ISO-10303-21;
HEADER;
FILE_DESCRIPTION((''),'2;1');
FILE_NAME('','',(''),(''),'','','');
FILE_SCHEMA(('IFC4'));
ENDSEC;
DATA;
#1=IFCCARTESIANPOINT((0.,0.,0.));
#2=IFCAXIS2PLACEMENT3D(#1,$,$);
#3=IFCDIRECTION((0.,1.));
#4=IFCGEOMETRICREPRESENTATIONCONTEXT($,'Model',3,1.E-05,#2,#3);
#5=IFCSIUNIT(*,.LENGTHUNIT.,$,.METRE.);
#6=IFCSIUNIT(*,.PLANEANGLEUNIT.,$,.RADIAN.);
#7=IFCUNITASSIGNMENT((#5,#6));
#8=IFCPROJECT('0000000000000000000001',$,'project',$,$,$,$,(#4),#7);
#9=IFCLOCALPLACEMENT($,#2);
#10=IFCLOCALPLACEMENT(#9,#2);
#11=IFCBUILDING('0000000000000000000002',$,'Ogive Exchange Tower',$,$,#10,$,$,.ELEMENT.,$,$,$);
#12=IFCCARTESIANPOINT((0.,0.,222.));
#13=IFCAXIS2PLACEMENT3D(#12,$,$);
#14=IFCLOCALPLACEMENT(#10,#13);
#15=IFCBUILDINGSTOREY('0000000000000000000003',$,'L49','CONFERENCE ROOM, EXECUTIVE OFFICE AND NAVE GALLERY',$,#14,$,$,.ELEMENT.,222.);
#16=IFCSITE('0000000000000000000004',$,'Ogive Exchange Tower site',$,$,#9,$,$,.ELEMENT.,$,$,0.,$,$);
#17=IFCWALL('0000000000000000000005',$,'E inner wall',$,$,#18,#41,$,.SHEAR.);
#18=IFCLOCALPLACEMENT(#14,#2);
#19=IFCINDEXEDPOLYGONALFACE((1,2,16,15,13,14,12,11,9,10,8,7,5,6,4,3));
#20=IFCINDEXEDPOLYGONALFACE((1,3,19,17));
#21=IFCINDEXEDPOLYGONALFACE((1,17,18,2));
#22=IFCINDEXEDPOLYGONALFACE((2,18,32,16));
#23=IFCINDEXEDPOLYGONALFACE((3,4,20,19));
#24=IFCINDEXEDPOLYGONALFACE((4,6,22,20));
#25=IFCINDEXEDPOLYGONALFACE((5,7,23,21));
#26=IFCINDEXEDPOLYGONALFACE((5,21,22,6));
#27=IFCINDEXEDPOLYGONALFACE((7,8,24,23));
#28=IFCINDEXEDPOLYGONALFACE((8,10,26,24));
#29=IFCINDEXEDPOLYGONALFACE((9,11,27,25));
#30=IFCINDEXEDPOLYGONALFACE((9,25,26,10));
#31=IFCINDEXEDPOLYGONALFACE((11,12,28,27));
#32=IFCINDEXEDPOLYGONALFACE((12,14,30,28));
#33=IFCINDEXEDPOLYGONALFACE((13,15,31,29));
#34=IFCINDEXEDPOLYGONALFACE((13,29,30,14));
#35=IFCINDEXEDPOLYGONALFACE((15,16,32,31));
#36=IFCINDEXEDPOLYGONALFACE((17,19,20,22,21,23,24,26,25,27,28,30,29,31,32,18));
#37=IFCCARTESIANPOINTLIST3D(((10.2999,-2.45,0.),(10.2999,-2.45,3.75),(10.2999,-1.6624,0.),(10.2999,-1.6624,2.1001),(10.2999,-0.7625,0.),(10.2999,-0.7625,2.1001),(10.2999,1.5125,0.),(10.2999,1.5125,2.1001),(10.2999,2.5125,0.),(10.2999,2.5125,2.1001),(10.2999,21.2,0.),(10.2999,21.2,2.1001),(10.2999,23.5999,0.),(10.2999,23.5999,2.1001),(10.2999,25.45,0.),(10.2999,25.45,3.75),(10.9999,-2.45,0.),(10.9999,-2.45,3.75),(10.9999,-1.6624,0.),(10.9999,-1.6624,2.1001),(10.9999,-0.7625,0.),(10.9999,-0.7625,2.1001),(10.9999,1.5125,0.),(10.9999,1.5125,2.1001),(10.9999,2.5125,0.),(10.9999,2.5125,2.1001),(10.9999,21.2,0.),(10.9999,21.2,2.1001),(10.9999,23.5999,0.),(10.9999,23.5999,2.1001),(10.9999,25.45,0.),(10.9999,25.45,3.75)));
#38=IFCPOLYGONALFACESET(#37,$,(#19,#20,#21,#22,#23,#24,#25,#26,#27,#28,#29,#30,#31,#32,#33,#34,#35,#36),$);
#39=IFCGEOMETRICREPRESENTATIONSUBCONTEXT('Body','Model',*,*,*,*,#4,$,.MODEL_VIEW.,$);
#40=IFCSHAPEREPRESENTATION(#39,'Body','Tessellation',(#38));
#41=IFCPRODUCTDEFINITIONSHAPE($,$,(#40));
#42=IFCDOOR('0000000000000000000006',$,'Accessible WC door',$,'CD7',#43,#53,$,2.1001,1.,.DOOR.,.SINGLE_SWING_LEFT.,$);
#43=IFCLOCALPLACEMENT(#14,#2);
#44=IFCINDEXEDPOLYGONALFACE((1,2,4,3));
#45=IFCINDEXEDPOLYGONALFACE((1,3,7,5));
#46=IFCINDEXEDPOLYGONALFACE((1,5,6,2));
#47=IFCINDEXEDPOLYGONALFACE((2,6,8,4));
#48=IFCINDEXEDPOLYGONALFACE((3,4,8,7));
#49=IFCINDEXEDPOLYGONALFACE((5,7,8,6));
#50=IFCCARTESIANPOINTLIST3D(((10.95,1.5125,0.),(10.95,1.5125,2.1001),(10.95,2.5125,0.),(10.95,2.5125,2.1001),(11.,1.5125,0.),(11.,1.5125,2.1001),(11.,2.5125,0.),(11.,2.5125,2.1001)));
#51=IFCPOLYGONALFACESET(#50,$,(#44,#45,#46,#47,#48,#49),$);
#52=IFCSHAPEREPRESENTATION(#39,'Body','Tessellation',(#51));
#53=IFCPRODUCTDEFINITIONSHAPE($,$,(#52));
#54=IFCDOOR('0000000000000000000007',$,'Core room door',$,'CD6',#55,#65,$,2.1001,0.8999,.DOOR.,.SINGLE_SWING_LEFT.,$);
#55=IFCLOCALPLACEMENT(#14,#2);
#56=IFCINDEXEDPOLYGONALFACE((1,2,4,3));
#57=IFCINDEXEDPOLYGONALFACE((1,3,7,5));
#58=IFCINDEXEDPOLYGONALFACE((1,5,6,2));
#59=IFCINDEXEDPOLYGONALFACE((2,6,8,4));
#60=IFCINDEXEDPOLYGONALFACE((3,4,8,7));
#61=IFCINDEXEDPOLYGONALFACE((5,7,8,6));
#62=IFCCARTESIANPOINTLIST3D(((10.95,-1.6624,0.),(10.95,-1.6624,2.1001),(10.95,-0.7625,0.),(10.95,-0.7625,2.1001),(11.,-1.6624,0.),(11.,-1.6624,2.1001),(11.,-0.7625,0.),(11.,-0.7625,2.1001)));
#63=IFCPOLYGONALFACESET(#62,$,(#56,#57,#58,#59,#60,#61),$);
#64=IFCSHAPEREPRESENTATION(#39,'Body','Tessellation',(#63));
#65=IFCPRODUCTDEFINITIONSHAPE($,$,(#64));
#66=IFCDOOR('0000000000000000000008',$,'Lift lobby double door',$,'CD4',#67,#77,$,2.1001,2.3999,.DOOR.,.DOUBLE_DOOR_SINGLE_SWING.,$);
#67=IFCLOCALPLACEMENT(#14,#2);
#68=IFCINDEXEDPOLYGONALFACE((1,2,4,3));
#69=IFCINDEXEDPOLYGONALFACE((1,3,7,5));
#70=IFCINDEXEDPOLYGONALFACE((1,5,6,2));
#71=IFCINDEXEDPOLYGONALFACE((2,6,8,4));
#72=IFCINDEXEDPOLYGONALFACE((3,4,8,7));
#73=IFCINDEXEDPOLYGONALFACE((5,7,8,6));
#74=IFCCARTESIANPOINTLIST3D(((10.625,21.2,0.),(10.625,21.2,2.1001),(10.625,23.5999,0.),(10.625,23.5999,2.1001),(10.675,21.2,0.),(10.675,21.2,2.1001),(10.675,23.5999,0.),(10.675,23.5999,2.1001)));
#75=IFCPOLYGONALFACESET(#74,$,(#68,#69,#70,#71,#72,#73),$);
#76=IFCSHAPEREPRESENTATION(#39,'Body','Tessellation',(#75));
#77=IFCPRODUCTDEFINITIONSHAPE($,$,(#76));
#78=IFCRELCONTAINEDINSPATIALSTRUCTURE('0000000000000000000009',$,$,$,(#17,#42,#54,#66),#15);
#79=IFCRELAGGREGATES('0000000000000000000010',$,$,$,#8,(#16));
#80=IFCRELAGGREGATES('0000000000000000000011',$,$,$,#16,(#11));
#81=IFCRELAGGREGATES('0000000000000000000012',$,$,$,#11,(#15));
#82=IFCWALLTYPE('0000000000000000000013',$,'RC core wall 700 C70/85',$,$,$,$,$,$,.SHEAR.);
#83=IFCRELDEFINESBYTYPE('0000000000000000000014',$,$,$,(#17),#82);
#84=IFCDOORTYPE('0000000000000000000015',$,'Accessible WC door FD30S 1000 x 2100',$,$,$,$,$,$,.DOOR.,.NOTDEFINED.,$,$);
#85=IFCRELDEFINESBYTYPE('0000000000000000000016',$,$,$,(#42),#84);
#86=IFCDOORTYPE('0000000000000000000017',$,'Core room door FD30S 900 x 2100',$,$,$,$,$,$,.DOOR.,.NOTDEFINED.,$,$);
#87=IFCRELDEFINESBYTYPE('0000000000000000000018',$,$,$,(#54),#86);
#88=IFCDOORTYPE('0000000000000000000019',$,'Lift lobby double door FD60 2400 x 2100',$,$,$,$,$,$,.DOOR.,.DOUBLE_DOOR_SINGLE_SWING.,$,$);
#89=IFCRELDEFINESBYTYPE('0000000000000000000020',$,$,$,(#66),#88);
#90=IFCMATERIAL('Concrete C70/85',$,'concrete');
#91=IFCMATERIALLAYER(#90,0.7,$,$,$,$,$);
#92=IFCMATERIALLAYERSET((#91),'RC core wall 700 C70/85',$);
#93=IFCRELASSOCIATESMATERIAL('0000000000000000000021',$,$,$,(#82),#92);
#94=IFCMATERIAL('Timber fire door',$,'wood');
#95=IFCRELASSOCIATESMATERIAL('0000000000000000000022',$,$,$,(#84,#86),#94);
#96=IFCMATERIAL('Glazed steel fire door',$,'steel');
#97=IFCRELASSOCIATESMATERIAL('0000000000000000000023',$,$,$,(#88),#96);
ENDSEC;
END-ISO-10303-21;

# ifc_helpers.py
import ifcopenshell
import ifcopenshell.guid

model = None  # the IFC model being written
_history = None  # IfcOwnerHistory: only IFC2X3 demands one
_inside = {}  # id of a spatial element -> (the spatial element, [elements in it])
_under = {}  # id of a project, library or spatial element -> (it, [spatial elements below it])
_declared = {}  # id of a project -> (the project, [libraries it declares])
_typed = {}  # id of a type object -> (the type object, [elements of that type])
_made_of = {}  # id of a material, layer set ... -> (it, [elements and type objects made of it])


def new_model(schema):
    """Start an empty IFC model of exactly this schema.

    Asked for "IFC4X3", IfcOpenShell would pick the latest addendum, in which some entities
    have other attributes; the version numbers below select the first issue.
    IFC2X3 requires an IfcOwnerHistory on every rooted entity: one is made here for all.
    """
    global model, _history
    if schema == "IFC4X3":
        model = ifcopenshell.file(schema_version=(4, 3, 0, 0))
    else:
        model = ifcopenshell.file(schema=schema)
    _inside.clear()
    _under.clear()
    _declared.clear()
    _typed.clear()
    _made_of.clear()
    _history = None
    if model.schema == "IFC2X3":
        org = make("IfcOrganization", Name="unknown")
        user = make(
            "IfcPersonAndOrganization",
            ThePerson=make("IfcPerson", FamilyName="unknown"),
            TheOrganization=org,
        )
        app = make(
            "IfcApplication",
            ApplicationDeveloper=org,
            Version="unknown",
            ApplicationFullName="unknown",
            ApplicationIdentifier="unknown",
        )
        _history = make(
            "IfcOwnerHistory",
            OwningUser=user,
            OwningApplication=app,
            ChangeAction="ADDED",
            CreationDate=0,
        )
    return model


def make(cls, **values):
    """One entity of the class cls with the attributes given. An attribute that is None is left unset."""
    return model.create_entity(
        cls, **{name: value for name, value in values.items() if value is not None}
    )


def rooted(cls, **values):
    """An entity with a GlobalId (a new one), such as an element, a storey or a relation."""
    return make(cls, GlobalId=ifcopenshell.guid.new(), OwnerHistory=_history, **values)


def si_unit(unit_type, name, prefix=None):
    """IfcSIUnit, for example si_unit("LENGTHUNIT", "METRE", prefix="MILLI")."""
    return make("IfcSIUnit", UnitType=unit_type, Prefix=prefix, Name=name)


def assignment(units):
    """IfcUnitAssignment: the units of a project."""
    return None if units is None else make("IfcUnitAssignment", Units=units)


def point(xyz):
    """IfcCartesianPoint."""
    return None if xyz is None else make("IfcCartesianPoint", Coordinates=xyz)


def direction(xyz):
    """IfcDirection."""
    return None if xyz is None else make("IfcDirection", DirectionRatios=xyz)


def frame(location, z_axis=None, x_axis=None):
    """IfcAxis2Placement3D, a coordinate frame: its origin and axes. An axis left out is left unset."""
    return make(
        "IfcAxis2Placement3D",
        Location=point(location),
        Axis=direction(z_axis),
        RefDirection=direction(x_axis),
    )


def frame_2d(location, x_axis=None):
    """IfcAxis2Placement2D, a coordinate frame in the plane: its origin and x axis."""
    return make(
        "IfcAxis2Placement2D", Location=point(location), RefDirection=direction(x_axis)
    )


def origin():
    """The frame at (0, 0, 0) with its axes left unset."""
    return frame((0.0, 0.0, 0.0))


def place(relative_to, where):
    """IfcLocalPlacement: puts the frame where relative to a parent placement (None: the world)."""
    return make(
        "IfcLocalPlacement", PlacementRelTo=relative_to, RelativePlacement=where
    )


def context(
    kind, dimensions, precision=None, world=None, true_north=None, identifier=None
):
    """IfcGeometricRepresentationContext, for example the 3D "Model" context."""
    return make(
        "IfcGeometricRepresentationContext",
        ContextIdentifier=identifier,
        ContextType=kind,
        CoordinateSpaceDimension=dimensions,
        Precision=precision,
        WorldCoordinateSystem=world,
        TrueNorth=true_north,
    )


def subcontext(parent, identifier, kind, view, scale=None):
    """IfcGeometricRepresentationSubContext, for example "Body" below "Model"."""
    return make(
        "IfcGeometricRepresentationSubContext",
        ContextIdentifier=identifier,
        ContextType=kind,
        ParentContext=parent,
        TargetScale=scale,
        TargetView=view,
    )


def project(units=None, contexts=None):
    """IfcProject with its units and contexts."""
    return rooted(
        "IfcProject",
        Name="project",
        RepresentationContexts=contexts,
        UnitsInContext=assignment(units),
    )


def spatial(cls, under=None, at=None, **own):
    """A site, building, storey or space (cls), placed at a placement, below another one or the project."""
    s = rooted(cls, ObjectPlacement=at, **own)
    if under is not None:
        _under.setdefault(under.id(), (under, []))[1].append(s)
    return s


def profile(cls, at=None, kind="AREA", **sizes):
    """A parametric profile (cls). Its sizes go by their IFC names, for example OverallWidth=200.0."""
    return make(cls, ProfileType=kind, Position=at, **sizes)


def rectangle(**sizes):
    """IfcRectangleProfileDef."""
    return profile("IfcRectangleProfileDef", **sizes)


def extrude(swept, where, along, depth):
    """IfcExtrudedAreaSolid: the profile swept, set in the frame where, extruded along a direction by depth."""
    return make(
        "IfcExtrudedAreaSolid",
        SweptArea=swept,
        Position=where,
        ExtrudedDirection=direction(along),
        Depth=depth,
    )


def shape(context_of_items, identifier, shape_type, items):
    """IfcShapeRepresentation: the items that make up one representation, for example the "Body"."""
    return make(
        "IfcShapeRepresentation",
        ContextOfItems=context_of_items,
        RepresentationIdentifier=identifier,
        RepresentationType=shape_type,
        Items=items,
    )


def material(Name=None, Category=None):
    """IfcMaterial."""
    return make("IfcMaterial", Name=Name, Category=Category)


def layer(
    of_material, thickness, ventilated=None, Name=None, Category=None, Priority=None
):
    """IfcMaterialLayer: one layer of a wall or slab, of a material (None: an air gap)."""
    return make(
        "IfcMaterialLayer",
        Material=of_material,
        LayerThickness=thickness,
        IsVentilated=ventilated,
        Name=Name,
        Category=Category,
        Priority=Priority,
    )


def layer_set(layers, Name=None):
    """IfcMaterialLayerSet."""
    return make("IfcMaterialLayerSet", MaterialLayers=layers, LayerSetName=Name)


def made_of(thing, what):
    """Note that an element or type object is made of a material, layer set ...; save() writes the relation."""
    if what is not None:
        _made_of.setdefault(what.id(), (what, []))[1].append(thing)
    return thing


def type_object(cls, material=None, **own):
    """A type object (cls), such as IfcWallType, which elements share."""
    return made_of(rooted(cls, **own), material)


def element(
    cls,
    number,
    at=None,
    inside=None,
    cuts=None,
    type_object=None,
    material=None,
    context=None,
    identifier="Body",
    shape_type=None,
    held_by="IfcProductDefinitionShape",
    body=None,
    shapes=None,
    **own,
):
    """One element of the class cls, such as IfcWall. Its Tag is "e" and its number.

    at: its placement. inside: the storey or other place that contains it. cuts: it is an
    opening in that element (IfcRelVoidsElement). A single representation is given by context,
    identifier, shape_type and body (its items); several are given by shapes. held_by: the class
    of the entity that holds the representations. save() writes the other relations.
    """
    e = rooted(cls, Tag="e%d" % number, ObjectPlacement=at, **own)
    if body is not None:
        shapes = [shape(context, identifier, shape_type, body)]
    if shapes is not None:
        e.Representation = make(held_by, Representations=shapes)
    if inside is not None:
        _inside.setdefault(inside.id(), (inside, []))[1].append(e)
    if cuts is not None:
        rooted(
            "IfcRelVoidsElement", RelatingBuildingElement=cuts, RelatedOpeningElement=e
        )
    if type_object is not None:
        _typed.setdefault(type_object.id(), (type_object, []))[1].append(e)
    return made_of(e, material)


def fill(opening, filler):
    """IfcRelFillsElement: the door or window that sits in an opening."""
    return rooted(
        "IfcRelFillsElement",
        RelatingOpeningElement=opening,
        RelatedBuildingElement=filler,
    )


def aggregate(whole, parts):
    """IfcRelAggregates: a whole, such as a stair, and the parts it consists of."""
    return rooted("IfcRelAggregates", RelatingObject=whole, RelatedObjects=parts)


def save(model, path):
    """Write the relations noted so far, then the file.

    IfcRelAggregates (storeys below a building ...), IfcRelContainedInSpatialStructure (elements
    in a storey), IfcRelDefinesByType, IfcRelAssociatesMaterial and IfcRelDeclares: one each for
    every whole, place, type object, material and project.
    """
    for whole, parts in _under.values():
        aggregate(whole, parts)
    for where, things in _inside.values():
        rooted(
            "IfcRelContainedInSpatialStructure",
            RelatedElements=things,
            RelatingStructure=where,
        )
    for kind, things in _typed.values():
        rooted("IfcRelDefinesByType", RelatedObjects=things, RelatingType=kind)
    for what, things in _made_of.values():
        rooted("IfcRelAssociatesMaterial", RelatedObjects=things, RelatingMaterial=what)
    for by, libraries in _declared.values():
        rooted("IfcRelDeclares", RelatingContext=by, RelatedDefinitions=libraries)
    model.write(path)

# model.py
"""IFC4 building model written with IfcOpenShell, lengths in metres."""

from ifc_helpers import new_model, si_unit, direction, frame, frame_2d, origin, place, context, subcontext, project, spatial, rectangle, extrude, material, layer, layer_set, type_object, element, fill, save


model = new_model("IFC4")

# Units and contexts
model_context = context("Model", 3, precision=1e-05, world=origin(), true_north=direction((0.0, 1.0)))
body_context = subcontext(model_context, "Body", "Model", "MODEL_VIEW")
ifc_project = project(units=[si_unit("LENGTHUNIT", "METRE"), si_unit("PLANEANGLEUNIT", "RADIAN")], contexts=[model_context])

# Site, building, storey
site_placement = place(None, origin())
site = spatial("IfcSite", under=ifc_project, at=site_placement, Name="Ogive Exchange Tower site", CompositionType="ELEMENT", RefElevation=0.0)
building_placement = place(site_placement, origin())
building = spatial("IfcBuilding", under=site, at=building_placement, Name="Ogive Exchange Tower", CompositionType="ELEMENT")
storey_placement = place(building_placement, frame((0.0, 0.0, 222.0)))
storey = spatial("IfcBuildingStorey", under=building, at=storey_placement, Name="L49", Description="CONFERENCE ROOM, EXECUTIVE OFFICE AND NAVE GALLERY", CompositionType="ELEMENT", Elevation=222.0)

# Shared definitions
ifc_material_1 = material(Name="Concrete C70/85", Category="concrete")

# Wall, openings, doors
ifc_layer_1 = layer(ifc_material_1, 0.7)
ifc_layer_set_1 = layer_set([ifc_layer_1], Name="RC core wall 700 C70/85")
wall_type_1 = type_object("IfcWallType", Name="RC core wall 700 C70/85", PredefinedType="SHEAR", material=ifc_layer_set_1)
wall_1_placement = place(storey_placement, frame((10.6499, -2.45, 0.0), z_axis=(0.0, 0.0, 1.0), x_axis=(0.0, 1.0, 0.0)))
wall_1 = element("IfcWall", 1, at=wall_1_placement, inside=storey, type_object=wall_type_1, Name="E inner wall", PredefinedType="SHEAR", context=body_context, shape_type="SweptSolid", body=[
    extrude(rectangle(XDim=27.8999, YDim=0.7, at=frame_2d((13.95, 0.0))), origin(), (0.0, 0.0, 1.0), 3.75),
])
opening_1_placement = place(wall_1_placement, frame((23.6499, 0.0, 0.0)))
opening_1 = element("IfcOpeningElement", 2, at=opening_1_placement, cuts=wall_1, PredefinedType="OPENING", context=body_context, shape_type="SweptSolid", body=[
    extrude(rectangle(XDim=2.3999, YDim=2.1001, at=frame_2d((1.2, 1.05))), frame((0.0, 0.3599, 0.0), z_axis=(0.0, -1.0, 0.0), x_axis=(1.0, 0.0, 0.0)), (0.0, 0.0, 1.0), 0.72),
])
opening_2_placement = place(wall_1_placement, frame((0.7876, 0.0, 0.0)))
opening_2 = element("IfcOpeningElement", 3, at=opening_2_placement, cuts=wall_1, PredefinedType="OPENING", context=body_context, shape_type="SweptSolid", body=[
    extrude(rectangle(XDim=0.8999, YDim=2.1001, at=frame_2d((0.45, 1.05))), frame((0.0, 0.3599, 0.0), z_axis=(0.0, -1.0, 0.0), x_axis=(1.0, 0.0, 0.0)), (0.0, 0.0, 1.0), 0.72),
])
opening_3_placement = place(wall_1_placement, frame((3.9624, 0.0, 0.0)))
opening_3 = element("IfcOpeningElement", 4, at=opening_3_placement, cuts=wall_1, PredefinedType="OPENING", context=body_context, shape_type="SweptSolid", body=[
    extrude(rectangle(XDim=1.0, YDim=2.1001, at=frame_2d((0.5, 1.05))), frame((0.0, 0.3599, 0.0), z_axis=(0.0, -1.0, 0.0), x_axis=(1.0, 0.0, 0.0)), (0.0, 0.0, 1.0), 0.72),
])
ifc_material_2 = material(Name="Timber fire door", Category="wood")
door_type_1 = type_object("IfcDoorType", Name="Accessible WC door FD30S 1000 x 2100", OperationType="NOTDEFINED", PredefinedType="DOOR", material=ifc_material_2)
door_1_placement = place(opening_3_placement, frame((1.0, -0.6499, 0.0), z_axis=(0.0, 0.0, 1.0), x_axis=(-1.0, 0.0, 0.0)))
door_1 = element("IfcDoor", 5, at=door_1_placement, inside=storey, type_object=door_type_1, Name="Accessible WC door", ObjectType="CD7", OperationType="SINGLE_SWING_LEFT", OverallHeight=2.1001, OverallWidth=1.0, PredefinedType="DOOR", context=body_context, shape_type="SweptSolid", body=[
    extrude(rectangle(XDim=1.0, YDim=2.1001, at=frame_2d((0.5, 1.05))), frame((0.0, -0.2998, 0.0), z_axis=(0.0, -1.0, 0.0), x_axis=(1.0, 0.0, 0.0)), (0.0, 0.0, 1.0), 0.05),
])
fill(opening_3, door_1)
door_type_2 = type_object("IfcDoorType", Name="Core room door FD30S 900 x 2100", OperationType="NOTDEFINED", PredefinedType="DOOR", material=ifc_material_2)
door_2_placement = place(opening_2_placement, frame((0.8999, -0.6499, 0.0), z_axis=(0.0, 0.0, 1.0), x_axis=(-1.0, 0.0, 0.0)))
door_2 = element("IfcDoor", 6, at=door_2_placement, inside=storey, type_object=door_type_2, Name="Core room door", ObjectType="CD6", OperationType="SINGLE_SWING_LEFT", OverallHeight=2.1001, OverallWidth=0.8999, PredefinedType="DOOR", context=body_context, shape_type="SweptSolid", body=[
    extrude(rectangle(XDim=0.8999, YDim=2.1001, at=frame_2d((0.45, 1.05))), frame((0.0, -0.2998, 0.0), z_axis=(0.0, -1.0, 0.0), x_axis=(1.0, 0.0, 0.0)), (0.0, 0.0, 1.0), 0.05),
])
fill(opening_2, door_2)
ifc_material_3 = material(Name="Glazed steel fire door", Category="steel")
door_type_3 = type_object("IfcDoorType", Name="Lift lobby double door FD60 2400 x 2100", OperationType="DOUBLE_DOOR_SINGLE_SWING", PredefinedType="DOOR", material=ifc_material_3)
door_3_placement = place(opening_1_placement, origin())
door_3 = element("IfcDoor", 7, at=door_3_placement, inside=storey, type_object=door_type_3, Name="Lift lobby double door", ObjectType="CD4", OperationType="DOUBLE_DOOR_SINGLE_SWING", OverallHeight=2.1001, OverallWidth=2.3999, PredefinedType="DOOR", context=body_context, shape_type="SweptSolid", body=[
    extrude(rectangle(XDim=2.3999, YDim=2.1001, at=frame_2d((1.2, 1.05))), frame((0.0, 0.0249, 0.0), z_axis=(0.0, -1.0, 0.0), x_axis=(1.0, 0.0, 0.0)), (0.0, 0.0, 1.0), 0.05),
])
fill(opening_1, door_3)

save(model, "model.ifc")
